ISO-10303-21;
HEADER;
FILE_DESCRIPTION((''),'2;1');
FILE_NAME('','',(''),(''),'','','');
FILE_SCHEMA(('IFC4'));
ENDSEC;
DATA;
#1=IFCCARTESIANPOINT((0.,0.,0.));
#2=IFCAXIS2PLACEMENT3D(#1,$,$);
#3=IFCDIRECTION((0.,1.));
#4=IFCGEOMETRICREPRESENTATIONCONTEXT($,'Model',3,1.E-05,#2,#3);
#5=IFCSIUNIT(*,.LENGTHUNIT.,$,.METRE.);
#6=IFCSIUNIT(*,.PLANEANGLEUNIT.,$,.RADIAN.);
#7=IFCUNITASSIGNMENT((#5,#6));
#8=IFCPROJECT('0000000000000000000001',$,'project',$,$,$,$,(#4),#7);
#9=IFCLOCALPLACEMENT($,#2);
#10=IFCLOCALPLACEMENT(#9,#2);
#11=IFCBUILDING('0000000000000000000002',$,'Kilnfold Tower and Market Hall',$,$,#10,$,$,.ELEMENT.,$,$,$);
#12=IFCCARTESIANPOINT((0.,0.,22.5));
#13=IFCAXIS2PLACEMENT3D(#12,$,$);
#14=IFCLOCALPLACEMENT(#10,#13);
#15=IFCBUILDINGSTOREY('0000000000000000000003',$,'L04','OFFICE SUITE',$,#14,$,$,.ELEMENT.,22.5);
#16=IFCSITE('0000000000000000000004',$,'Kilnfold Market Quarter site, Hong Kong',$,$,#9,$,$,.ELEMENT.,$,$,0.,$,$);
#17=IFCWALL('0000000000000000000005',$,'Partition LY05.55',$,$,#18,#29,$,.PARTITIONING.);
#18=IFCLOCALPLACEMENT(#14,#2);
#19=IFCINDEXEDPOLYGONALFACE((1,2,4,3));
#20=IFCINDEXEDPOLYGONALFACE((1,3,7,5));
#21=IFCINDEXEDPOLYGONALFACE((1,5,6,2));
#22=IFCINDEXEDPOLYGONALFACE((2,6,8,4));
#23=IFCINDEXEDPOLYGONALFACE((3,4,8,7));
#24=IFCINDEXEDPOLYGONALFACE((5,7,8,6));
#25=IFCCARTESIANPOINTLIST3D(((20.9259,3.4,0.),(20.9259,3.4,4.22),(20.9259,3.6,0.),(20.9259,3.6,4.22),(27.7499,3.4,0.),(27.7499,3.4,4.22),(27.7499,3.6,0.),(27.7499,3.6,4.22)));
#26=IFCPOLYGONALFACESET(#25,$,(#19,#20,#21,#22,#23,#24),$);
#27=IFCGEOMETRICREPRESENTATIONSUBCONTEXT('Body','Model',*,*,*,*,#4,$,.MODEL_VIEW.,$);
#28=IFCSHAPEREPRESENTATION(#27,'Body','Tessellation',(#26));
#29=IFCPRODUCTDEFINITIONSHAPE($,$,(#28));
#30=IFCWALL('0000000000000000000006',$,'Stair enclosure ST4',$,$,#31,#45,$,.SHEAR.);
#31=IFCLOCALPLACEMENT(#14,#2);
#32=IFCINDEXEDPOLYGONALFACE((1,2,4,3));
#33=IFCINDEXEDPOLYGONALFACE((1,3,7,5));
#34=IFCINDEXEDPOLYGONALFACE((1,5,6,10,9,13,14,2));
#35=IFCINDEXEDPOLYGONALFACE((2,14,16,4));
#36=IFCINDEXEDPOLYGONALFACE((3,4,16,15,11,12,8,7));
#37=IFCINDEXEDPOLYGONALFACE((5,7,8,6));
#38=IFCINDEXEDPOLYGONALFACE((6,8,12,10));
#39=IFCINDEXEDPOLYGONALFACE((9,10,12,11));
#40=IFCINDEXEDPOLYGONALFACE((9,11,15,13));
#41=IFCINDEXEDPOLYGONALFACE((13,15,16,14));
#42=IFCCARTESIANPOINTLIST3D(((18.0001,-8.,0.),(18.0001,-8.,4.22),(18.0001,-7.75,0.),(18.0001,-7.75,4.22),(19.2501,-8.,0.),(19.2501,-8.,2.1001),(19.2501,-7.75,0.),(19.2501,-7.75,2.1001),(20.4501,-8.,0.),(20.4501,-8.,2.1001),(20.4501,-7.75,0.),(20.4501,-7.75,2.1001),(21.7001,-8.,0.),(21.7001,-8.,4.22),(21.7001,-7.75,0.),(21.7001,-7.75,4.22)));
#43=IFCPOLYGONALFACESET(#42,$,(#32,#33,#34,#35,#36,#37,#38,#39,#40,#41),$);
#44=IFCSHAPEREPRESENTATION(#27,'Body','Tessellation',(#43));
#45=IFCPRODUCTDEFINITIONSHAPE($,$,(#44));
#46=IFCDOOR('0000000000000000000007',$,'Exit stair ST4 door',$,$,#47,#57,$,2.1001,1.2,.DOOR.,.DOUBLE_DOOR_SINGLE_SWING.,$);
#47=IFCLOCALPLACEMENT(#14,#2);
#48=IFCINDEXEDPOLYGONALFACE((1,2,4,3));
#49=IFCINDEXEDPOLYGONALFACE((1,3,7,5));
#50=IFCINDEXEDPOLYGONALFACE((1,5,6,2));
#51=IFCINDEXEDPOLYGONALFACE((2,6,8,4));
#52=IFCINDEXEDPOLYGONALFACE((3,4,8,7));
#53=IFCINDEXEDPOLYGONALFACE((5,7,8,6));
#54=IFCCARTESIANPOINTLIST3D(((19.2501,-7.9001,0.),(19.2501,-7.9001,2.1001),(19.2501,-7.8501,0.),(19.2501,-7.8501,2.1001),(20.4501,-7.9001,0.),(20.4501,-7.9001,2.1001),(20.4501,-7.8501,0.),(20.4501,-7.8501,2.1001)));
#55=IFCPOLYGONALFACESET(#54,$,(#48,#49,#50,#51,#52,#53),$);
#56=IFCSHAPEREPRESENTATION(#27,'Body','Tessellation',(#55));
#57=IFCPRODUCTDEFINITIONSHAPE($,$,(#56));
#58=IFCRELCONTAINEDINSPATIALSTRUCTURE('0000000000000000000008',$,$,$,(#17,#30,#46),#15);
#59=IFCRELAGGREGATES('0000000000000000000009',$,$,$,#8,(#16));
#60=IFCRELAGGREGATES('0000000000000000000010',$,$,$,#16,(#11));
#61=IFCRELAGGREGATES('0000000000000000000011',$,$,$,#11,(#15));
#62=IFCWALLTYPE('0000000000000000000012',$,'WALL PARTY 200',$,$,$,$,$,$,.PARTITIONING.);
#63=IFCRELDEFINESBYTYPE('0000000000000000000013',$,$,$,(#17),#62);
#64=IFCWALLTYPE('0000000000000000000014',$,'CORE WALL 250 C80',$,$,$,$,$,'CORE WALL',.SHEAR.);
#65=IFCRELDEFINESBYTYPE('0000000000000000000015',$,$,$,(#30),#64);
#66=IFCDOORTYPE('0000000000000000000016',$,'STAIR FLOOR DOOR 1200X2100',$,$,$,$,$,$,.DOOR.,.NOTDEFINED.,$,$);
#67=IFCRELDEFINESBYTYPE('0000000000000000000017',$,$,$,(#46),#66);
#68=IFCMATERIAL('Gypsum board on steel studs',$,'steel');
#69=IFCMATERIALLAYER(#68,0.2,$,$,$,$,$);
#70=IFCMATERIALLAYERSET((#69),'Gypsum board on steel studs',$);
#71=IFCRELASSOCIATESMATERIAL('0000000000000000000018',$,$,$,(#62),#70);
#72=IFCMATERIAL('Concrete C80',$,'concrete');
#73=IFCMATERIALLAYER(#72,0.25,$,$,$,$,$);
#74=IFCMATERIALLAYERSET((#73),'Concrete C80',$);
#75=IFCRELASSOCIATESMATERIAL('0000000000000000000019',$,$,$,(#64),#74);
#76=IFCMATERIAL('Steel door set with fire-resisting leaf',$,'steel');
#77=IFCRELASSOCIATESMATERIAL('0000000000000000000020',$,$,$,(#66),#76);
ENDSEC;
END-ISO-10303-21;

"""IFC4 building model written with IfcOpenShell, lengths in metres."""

from ifc_helpers import new_model, si_unit, direction, frame, frame_2d, origin, place, context, subcontext, project, spatial, rectangle, extrude, source, transform, mapped, material, layer, layer_set, type_object, element, fill, save


model = new_model("IFC4")

# Units and contexts
model_context = context("Model", 3, precision=1e-05, world=origin(), true_north=direction((0.0, 1.0)))
body_context = subcontext(model_context, "Body", "Model", "MODEL_VIEW")
ifc_project = project(units=[si_unit("LENGTHUNIT", "METRE"), si_unit("PLANEANGLEUNIT", "RADIAN")], contexts=[model_context])

# Site, building, storey
site_placement = place(None, origin())
site = spatial("IfcSite", under=ifc_project, at=site_placement, Name="Kilnfold Market Quarter site, Hong Kong", CompositionType="ELEMENT", RefElevation=0.0)
building_placement = place(site_placement, origin())
building = spatial("IfcBuilding", under=site, at=building_placement, Name="Kilnfold Tower and Market Hall", CompositionType="ELEMENT")
storey_placement = place(building_placement, frame((0.0, 0.0, 22.5)))
storey = spatial("IfcBuildingStorey", under=building, at=storey_placement, Name="L04", Description="OFFICE SUITE", CompositionType="ELEMENT", Elevation=22.5)

# Wall
ifc_material_1 = material(Name="Gypsum board on steel studs", Category="steel")
ifc_layer_1 = layer(ifc_material_1, 0.2)
ifc_layer_set_1 = layer_set([ifc_layer_1], Name="Gypsum board on steel studs")
wall_type_1 = type_object("IfcWallType", Name="WALL PARTY 200", PredefinedType="PARTITIONING", material=ifc_layer_set_1)
wall_1_placement = place(storey_placement, frame((27.75, 3.5, 0.0), z_axis=(0.0, 0.0, 1.0), x_axis=(-1.0, 0.0, 0.0)))
element("IfcWall", 1, at=wall_1_placement, inside=storey, type_object=wall_type_1, Name="Partition LY05.55", PredefinedType="PARTITIONING", context=body_context, shape_type="SweptSolid", body=[
    extrude(rectangle(XDim=6.824, YDim=0.2, at=frame_2d((3.4121, 0.0))), origin(), (0.0, 0.0, 1.0), 4.22),
])

# Wall, opening, door
ifc_material_2 = material(Name="Concrete C80", Category="concrete")
ifc_layer_2 = layer(ifc_material_2, 0.25)
ifc_layer_set_2 = layer_set([ifc_layer_2], Name="Concrete C80")
wall_type_2 = type_object("IfcWallType", Name="CORE WALL 250 C80", ElementType="CORE WALL", PredefinedType="SHEAR", material=ifc_layer_set_2)
shared_shape_1 = source(origin(), body_context, "Body", "SweptSolid", [
    extrude(rectangle(XDim=3.7, YDim=0.25, at=frame_2d((1.8501, 0.0))), origin(), (0.0, 0.0, 1.0), 4.22),
])
wall_2_placement = place(storey_placement, frame((18.0, -7.875, 0.0), z_axis=(0.0, 0.0, 1.0), x_axis=(1.0, 0.0, 0.0)))
wall_2 = element("IfcWall", 2, at=wall_2_placement, inside=storey, type_object=wall_type_2, Name="Stair enclosure ST4", PredefinedType="SHEAR", context=body_context, shape_type="MappedRepresentation", body=[
    mapped(shared_shape_1, transform((0.0, 0.0, 0.0))),
])
opening_1_placement = place(wall_2_placement, frame((1.25, 0.0, 0.0)))
opening_1 = element("IfcOpeningElement", 3, at=opening_1_placement, cuts=wall_2, PredefinedType="OPENING", context=body_context, shape_type="SweptSolid", body=[
    extrude(rectangle(XDim=1.2, YDim=2.1001, at=frame_2d((0.6001, 1.05))), frame((0.0, 0.135, 0.0), z_axis=(0.0, -1.0, 0.0), x_axis=(1.0, 0.0, 0.0)), (0.0, 0.0, 1.0), 0.27),
])
ifc_material_3 = material(Name="Steel door set with fire-resisting leaf", Category="steel")
door_type_1 = type_object("IfcDoorType", Name="STAIR FLOOR DOOR 1200X2100", OperationType="NOTDEFINED", PredefinedType="DOOR", material=ifc_material_3)
door_1_placement = place(opening_1_placement, origin())
door_1 = element("IfcDoor", 4, at=door_1_placement, inside=storey, type_object=door_type_1, Name="Exit stair ST4 door", OperationType="DOUBLE_DOOR_SINGLE_SWING", OverallHeight=2.1001, OverallWidth=1.2, PredefinedType="DOOR", context=body_context, shape_type="SweptSolid", body=[
    extrude(rectangle(XDim=1.2, YDim=2.1001, at=frame_2d((0.6001, 1.05))), frame((0.0, 0.0249, 0.0), z_axis=(0.0, -1.0, 0.0), x_axis=(1.0, 0.0, 0.0)), (0.0, 0.0, 1.0), 0.05),
])
fill(opening_1, door_1)

save(model, "model.ifc")
